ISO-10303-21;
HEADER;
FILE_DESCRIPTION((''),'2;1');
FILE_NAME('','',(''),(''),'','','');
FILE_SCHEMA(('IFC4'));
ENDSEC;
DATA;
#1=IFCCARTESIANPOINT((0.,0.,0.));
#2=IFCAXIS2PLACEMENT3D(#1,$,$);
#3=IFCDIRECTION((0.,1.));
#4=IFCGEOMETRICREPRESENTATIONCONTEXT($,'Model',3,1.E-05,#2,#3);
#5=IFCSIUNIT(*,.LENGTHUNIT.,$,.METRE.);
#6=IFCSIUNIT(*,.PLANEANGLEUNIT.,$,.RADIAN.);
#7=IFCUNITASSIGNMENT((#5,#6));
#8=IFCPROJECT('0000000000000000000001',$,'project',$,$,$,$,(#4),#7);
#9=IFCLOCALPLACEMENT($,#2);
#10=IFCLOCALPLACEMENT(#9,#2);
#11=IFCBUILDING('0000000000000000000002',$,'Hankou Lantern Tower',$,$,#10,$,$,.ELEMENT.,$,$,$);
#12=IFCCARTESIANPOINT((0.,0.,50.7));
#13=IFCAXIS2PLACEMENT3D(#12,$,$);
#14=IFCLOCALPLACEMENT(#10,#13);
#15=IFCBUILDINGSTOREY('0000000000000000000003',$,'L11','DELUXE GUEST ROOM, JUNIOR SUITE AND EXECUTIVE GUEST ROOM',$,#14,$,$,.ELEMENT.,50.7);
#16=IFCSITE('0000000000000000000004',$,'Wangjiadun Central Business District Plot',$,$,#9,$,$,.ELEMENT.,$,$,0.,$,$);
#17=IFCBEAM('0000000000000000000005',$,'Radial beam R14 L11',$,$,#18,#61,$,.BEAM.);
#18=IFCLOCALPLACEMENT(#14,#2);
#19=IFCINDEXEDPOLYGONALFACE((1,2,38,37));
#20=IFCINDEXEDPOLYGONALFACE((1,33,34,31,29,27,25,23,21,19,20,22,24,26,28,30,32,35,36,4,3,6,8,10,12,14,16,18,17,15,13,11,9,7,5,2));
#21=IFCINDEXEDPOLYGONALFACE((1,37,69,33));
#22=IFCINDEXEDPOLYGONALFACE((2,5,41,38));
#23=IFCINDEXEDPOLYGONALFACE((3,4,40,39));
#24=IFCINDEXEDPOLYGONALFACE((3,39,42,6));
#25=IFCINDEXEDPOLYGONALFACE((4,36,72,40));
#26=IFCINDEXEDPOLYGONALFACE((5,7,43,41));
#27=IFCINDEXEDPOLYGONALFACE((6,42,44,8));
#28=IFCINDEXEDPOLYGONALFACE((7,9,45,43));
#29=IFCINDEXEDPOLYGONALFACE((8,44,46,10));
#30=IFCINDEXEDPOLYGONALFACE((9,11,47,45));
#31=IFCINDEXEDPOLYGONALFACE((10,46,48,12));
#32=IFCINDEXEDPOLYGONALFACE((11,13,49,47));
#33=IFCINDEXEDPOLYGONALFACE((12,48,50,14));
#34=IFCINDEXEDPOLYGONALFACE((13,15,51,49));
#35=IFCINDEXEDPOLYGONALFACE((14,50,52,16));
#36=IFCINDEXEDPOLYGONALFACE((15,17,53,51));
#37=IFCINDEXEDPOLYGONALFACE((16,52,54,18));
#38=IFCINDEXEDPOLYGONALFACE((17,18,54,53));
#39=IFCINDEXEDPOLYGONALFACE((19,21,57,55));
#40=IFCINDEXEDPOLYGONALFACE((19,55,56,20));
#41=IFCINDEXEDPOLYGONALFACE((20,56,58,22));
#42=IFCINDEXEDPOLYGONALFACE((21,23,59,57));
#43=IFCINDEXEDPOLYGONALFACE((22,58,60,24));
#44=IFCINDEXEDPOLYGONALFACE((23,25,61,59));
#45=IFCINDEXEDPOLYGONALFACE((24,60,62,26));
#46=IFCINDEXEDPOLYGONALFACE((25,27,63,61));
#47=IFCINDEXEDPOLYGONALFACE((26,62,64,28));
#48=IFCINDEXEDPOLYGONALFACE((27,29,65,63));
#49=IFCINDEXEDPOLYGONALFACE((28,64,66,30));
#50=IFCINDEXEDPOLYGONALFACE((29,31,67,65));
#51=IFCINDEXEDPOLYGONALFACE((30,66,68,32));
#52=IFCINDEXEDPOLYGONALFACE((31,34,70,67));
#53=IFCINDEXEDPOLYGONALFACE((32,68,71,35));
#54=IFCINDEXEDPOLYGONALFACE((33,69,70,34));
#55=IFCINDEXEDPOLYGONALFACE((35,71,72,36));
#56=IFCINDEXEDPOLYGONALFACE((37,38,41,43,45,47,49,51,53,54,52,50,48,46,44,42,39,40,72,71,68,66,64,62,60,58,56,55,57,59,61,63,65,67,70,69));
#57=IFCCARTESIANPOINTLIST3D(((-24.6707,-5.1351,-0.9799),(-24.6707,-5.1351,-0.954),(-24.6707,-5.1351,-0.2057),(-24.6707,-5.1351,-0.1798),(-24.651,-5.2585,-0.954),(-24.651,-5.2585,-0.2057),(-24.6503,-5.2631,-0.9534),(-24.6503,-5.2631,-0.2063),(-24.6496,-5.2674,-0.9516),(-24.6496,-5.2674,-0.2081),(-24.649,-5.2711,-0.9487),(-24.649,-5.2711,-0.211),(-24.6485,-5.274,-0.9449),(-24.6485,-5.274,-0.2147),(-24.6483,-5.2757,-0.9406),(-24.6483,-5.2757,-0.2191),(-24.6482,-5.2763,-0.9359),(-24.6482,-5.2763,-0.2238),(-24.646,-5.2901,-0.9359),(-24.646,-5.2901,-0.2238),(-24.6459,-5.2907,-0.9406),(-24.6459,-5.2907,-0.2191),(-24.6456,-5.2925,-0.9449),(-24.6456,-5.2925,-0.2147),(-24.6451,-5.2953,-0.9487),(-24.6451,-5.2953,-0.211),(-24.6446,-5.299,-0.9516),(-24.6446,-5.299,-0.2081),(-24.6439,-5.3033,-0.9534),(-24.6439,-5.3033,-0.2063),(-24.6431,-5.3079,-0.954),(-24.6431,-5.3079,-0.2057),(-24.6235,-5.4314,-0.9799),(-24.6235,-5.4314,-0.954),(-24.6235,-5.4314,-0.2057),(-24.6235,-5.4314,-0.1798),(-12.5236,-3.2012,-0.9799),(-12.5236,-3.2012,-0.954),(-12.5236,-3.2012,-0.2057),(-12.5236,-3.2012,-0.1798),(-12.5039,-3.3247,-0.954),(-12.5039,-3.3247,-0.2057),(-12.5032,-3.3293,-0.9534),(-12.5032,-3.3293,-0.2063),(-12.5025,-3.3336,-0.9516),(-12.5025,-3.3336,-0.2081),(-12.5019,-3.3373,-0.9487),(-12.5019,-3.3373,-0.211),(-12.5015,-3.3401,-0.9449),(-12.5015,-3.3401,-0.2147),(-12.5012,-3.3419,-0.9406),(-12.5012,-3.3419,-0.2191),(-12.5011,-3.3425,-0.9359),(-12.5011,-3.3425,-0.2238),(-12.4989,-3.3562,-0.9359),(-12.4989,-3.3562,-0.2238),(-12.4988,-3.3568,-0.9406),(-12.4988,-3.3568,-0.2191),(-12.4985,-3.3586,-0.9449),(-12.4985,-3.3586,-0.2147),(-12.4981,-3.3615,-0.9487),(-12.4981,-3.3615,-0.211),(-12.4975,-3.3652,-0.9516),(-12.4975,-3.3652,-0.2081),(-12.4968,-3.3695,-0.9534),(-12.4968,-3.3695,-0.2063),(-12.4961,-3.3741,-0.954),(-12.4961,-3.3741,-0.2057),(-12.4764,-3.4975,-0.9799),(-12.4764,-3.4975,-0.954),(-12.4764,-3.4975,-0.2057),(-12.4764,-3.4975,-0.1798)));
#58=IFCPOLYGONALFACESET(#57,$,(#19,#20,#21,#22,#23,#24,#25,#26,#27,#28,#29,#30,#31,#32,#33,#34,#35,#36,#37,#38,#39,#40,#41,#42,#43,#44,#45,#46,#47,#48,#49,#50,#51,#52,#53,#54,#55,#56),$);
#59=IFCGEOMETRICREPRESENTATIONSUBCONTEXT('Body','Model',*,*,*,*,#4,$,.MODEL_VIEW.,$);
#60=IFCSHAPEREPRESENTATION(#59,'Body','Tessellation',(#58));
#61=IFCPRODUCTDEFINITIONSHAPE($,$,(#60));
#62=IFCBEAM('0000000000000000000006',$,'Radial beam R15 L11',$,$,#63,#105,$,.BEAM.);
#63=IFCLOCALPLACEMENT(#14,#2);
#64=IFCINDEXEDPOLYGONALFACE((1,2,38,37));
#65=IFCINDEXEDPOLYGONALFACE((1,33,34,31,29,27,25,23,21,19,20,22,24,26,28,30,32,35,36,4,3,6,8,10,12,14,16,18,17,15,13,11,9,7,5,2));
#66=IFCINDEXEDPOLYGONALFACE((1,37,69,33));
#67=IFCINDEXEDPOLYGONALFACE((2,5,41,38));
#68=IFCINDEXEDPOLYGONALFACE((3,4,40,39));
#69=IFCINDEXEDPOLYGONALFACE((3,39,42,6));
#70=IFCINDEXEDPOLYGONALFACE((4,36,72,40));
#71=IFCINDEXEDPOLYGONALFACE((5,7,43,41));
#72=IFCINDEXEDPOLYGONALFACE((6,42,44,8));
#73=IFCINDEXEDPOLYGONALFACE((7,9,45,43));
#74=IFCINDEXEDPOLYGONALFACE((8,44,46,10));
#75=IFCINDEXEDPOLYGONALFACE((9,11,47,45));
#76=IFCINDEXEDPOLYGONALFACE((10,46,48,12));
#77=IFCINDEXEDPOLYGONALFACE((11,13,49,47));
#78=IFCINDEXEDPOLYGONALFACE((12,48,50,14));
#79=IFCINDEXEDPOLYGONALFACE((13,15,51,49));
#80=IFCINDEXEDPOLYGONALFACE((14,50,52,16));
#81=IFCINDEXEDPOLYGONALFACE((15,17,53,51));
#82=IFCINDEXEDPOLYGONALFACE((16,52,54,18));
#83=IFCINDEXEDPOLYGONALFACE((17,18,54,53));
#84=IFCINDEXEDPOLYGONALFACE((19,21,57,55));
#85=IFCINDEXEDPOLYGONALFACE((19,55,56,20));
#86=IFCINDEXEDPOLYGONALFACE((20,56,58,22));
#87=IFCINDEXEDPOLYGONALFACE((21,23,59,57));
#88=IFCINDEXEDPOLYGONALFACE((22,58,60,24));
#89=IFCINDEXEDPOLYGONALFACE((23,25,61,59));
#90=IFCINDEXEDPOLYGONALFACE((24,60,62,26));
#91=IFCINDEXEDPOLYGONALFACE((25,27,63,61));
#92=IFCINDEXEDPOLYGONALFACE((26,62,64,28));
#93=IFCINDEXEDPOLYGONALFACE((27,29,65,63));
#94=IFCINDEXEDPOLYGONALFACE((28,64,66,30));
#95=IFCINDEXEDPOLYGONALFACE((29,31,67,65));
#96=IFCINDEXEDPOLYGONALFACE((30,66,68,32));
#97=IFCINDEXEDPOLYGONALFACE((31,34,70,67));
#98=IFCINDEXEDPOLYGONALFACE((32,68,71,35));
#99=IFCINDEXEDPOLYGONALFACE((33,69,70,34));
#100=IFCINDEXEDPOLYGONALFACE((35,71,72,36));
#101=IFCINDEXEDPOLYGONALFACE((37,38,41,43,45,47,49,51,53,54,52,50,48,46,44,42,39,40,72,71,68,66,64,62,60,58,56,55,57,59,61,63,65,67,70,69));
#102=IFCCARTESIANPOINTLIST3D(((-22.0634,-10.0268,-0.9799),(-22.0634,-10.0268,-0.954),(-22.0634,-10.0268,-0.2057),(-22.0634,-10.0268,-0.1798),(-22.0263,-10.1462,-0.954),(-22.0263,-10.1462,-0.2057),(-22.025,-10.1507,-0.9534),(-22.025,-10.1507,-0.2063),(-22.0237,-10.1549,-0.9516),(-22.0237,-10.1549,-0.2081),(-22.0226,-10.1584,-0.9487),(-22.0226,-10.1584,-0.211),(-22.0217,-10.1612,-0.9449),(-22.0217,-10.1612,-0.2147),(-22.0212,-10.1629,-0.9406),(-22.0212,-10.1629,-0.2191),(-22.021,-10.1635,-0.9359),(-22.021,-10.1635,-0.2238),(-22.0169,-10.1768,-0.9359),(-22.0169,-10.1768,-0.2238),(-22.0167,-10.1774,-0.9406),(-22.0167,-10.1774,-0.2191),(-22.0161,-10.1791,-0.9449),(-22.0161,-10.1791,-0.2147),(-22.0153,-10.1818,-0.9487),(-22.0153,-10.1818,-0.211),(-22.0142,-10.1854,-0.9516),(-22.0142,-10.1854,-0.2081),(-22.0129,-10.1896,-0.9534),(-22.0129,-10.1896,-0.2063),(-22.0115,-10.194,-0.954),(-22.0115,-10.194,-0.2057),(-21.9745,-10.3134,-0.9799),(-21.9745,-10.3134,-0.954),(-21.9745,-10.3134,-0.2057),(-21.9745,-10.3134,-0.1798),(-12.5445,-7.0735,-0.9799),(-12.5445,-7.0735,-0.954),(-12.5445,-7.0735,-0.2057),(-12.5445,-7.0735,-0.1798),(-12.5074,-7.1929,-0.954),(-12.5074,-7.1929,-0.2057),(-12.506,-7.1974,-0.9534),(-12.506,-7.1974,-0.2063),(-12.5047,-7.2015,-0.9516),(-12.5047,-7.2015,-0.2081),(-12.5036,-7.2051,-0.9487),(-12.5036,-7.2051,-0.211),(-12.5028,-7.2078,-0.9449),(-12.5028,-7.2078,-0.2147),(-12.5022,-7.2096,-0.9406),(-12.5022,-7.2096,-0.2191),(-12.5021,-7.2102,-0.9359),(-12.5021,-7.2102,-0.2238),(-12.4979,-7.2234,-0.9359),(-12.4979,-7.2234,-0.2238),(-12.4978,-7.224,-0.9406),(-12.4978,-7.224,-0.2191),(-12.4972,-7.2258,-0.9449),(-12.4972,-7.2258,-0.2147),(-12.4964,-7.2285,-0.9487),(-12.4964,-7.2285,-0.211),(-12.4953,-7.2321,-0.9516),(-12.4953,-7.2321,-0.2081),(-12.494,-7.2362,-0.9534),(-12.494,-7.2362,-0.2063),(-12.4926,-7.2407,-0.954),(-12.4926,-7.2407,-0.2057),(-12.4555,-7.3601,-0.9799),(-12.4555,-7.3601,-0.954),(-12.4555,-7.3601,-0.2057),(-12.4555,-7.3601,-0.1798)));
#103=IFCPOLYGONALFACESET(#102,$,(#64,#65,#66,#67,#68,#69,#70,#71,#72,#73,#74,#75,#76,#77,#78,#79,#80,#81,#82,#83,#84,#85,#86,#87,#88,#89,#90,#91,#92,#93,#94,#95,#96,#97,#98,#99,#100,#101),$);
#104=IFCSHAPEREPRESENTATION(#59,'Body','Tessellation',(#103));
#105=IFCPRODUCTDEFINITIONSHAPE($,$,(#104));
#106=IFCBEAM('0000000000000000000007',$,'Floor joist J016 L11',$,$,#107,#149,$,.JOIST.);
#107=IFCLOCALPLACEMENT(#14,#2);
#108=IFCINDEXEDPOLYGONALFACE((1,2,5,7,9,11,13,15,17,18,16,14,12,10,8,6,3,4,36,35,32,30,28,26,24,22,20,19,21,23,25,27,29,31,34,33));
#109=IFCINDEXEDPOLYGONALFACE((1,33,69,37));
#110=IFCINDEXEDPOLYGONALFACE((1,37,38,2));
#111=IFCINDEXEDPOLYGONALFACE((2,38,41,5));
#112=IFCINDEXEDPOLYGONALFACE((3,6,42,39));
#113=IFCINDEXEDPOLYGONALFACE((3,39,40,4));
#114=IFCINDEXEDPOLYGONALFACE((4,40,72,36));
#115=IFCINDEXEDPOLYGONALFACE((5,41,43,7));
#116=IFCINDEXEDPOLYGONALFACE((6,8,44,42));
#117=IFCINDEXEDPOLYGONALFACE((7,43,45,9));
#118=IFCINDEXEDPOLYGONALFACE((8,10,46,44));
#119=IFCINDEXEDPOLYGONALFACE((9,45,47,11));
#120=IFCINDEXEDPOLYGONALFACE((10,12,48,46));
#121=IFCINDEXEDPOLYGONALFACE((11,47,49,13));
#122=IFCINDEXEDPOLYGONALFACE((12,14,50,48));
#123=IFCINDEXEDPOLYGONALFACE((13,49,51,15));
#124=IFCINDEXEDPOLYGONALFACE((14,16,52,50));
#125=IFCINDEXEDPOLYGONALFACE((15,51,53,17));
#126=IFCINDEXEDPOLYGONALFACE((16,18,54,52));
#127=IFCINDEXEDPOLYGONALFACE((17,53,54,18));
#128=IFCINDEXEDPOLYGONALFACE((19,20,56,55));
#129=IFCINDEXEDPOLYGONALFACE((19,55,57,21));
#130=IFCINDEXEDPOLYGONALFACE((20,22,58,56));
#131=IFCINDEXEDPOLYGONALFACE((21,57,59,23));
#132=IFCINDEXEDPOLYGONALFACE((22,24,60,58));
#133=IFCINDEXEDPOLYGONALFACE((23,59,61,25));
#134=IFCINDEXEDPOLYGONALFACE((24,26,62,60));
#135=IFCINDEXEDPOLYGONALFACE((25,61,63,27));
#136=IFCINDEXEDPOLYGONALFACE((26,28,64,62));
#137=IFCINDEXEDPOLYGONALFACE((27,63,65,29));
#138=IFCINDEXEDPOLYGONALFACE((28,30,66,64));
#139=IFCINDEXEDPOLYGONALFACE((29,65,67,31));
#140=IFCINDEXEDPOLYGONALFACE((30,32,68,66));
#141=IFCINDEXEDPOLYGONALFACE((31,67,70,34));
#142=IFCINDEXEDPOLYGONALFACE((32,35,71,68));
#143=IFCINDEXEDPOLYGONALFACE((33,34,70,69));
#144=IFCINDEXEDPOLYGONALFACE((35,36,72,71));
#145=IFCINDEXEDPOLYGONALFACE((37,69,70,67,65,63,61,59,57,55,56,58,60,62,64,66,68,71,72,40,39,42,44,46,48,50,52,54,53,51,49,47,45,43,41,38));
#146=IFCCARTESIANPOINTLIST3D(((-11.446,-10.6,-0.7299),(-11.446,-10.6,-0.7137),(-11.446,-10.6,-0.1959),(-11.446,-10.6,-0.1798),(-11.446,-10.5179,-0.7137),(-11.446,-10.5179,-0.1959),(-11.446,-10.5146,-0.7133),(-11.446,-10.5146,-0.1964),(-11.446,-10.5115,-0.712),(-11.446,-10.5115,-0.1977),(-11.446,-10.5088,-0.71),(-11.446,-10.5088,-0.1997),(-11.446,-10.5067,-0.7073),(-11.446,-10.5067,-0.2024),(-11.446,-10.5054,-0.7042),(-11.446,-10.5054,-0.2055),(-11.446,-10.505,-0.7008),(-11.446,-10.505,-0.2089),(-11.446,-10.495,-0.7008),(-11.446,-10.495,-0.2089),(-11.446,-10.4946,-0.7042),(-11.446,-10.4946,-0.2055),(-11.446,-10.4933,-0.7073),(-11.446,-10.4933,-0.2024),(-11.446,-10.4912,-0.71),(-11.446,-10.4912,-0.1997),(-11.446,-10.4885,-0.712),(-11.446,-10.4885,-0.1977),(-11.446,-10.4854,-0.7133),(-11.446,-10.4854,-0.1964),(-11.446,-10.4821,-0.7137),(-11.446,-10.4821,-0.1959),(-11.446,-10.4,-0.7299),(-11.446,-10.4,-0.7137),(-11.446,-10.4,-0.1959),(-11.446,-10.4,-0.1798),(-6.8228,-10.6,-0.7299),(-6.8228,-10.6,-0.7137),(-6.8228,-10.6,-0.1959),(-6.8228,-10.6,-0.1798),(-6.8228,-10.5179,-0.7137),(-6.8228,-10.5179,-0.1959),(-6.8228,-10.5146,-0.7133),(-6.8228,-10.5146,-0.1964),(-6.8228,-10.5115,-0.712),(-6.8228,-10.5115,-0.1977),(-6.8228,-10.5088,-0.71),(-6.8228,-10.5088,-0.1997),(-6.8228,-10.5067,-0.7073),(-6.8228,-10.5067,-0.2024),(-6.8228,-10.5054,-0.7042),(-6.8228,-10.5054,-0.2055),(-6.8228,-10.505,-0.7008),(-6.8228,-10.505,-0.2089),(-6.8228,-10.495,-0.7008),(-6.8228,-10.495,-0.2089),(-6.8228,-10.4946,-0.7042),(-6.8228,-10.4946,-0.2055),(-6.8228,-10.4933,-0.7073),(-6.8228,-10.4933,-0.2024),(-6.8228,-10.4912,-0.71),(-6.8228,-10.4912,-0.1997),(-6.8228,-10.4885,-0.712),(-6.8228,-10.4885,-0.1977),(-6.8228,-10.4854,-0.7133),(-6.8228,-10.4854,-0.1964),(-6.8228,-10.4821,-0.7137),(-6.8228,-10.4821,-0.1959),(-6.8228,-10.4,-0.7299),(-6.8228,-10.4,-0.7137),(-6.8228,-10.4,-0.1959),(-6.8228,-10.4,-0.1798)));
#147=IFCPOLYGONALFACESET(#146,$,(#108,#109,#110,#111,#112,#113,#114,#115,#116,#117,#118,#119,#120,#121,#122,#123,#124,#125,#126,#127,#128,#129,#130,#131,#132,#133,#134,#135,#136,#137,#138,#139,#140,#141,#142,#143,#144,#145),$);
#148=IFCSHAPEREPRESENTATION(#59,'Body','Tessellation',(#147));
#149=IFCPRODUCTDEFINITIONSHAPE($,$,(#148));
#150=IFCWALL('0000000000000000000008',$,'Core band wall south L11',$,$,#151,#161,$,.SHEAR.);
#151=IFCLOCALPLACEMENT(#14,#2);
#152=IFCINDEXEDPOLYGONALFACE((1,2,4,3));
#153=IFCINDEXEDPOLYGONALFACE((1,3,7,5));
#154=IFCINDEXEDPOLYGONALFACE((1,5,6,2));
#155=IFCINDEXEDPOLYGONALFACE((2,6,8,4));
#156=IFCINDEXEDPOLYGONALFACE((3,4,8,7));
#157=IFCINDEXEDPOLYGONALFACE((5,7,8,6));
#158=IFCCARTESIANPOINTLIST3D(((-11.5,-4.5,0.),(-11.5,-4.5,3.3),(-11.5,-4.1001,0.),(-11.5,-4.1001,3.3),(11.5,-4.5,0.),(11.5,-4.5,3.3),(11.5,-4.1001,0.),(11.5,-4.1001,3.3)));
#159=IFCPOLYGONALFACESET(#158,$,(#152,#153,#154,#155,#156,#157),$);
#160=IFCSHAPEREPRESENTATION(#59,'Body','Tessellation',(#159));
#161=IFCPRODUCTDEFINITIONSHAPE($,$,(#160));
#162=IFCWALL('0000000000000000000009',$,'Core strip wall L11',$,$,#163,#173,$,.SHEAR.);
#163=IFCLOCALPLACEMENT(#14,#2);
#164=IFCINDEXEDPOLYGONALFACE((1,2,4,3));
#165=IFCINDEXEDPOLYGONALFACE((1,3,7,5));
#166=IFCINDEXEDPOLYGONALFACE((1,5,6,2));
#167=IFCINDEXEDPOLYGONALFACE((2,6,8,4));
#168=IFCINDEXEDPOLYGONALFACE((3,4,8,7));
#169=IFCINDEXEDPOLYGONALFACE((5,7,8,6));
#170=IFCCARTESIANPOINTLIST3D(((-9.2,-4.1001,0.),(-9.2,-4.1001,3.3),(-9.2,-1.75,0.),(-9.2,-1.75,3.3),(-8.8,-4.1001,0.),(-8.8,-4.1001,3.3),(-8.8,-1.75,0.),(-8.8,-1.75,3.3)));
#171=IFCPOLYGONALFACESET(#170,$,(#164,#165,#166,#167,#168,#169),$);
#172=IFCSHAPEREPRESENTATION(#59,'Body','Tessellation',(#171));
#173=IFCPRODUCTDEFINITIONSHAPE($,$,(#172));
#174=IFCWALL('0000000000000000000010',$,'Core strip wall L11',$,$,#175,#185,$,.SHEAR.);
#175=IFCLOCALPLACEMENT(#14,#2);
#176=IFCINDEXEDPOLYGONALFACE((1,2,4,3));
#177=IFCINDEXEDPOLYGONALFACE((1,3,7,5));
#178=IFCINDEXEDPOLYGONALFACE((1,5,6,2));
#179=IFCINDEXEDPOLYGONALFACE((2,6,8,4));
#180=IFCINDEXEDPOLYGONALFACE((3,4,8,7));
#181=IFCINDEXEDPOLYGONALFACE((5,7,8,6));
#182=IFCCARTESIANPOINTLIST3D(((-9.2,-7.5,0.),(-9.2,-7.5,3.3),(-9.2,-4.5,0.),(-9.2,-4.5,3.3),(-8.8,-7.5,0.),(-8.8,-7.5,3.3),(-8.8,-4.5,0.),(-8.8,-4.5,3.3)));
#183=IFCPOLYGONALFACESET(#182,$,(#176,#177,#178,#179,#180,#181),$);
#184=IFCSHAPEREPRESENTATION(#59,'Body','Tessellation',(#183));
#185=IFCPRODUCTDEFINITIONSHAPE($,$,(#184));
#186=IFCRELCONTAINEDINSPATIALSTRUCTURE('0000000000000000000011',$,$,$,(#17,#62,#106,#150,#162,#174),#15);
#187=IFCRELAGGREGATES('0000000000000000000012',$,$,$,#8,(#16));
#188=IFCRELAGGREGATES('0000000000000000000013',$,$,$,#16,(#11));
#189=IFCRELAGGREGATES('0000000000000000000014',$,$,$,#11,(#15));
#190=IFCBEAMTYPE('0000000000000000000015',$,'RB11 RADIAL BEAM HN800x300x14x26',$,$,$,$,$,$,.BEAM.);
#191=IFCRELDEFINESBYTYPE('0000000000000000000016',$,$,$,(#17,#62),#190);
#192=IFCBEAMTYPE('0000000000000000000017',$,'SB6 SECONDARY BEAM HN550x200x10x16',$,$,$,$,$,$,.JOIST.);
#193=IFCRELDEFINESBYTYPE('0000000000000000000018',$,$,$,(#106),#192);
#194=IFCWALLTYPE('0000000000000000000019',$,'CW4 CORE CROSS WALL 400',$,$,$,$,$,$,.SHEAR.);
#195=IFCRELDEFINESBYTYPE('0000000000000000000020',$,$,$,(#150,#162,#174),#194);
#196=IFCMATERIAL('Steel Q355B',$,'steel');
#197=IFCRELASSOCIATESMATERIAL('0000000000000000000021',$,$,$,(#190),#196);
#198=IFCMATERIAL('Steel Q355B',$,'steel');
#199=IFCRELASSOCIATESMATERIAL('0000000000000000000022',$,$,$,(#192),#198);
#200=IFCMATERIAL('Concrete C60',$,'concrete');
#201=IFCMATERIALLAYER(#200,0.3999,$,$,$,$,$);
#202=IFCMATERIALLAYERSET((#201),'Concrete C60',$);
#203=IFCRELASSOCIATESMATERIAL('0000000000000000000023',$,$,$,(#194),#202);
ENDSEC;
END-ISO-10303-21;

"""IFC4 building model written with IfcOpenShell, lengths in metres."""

from ifc_helpers import new_model, si_unit, direction, frame, frame_2d, origin, origin_2d, place, context, subcontext, project, spatial, rectangle, i_section, extrude, material, layer, layer_set, material_profile, profile_set, type_object, element, save


model = new_model("IFC4")

# Units and contexts
model_context = context("Model", 3, precision=1e-05, world=origin(), true_north=direction((0.0, 1.0)))
body_context = subcontext(model_context, "Body", "Model", "MODEL_VIEW")
ifc_project = project(units=[si_unit("LENGTHUNIT", "METRE"), si_unit("PLANEANGLEUNIT", "RADIAN")], contexts=[model_context])

# Site, building, storey
site_placement = place(None, origin())
site = spatial("IfcSite", under=ifc_project, at=site_placement, Name="Wangjiadun Central Business District Plot", CompositionType="ELEMENT", RefElevation=0.0)
building_placement = place(site_placement, origin())
building = spatial("IfcBuilding", under=site, at=building_placement, Name="Hankou Lantern Tower", CompositionType="ELEMENT")
storey_placement = place(building_placement, frame((0.0, 0.0, 50.7)))
storey = spatial("IfcBuildingStorey", under=building, at=storey_placement, Name="L11", Description="DELUXE GUEST ROOM, JUNIOR SUITE AND EXECUTIVE GUEST ROOM", CompositionType="ELEMENT", Elevation=50.7)

# Beams
ifc_material_1 = material(Name="Steel Q355B", Category="steel")
ifc_material_profile_1 = material_profile(ifc_material_1, i_section(OverallWidth=0.3, OverallDepth=0.8, WebThickness=0.0139, FlangeThickness=0.0259, FilletRadius=0.0181, at=origin_2d()), Name="HN800x300x14x26")
ifc_profile_set_1 = profile_set([ifc_material_profile_1], Name="Steel Q355B")
beam_type_1 = type_object("IfcBeamType", Name="RB11 RADIAL BEAM HN800x300x14x26", PredefinedType="BEAM", material=ifc_profile_set_1)
beam_1_placement = place(storey_placement, frame((-12.5, -3.3494, -0.5798), z_axis=(-0.987563, -0.157223, 0.0), x_axis=(0.157223, -0.987563, 0.0)))
element("IfcBeam", 1, at=beam_1_placement, inside=storey, type_object=beam_type_1, Name="Radial beam R14 L11", PredefinedType="BEAM", context=body_context, shape_type="SweptSolid", body=[
    extrude(i_section(OverallWidth=0.3, OverallDepth=0.8, WebThickness=0.0139, FlangeThickness=0.0259, FilletRadius=0.0181, at=origin_2d()), origin(), (0.0, 0.0, 1.0), 12.3),
])
beam_2_placement = place(storey_placement, frame((-12.5, -7.2168, -0.5798), z_axis=(-0.955087, -0.296324, 0.0), x_axis=(0.296324, -0.955087, 0.0)))
element("IfcBeam", 2, at=beam_2_placement, inside=storey, type_object=beam_type_1, Name="Radial beam R15 L11", PredefinedType="BEAM", context=body_context, shape_type="SweptSolid", body=[
    extrude(i_section(OverallWidth=0.3, OverallDepth=0.8, WebThickness=0.0139, FlangeThickness=0.0259, FilletRadius=0.0181, at=origin_2d()), origin(), (0.0, 0.0, 1.0), 9.9666),
])
ifc_material_2 = material(Name="Steel Q355B", Category="steel")
ifc_material_profile_2 = material_profile(ifc_material_2, i_section(OverallWidth=0.2, OverallDepth=0.55, WebThickness=0.01, FlangeThickness=0.0161, FilletRadius=0.0129, at=origin_2d()), Name="HN550x200x10x16")
ifc_profile_set_2 = profile_set([ifc_material_profile_2], Name="Steel Q355B")
beam_type_2 = type_object("IfcBeamType", Name="SB6 SECONDARY BEAM HN550x200x10x16", PredefinedType="JOIST", material=ifc_profile_set_2)
beam_3_placement = place(storey_placement, frame((-11.446, -10.5, -0.4548), z_axis=(1.0, 0.0, 0.0), x_axis=(0.0, 1.0, 0.0)))
element("IfcBeam", 3, at=beam_3_placement, inside=storey, type_object=beam_type_2, Name="Floor joist J016 L11", PredefinedType="JOIST", context=body_context, shape_type="SweptSolid", body=[
    extrude(i_section(OverallWidth=0.2, OverallDepth=0.55, WebThickness=0.01, FlangeThickness=0.0161, FilletRadius=0.0129, at=origin_2d()), origin(), (0.0, 0.0, 1.0), 4.6233),
])

# Walls
ifc_material_3 = material(Name="Concrete C60", Category="concrete")
ifc_layer_1 = layer(ifc_material_3, 0.3999)
ifc_layer_set_1 = layer_set([ifc_layer_1], Name="Concrete C60")
wall_type_1 = type_object("IfcWallType", Name="CW4 CORE CROSS WALL 400", PredefinedType="SHEAR", material=ifc_layer_set_1)
wall_1_placement = place(storey_placement, frame((-11.5, -4.3, 0.0), z_axis=(0.0, 0.0, 1.0), x_axis=(1.0, 0.0, 0.0)))
element("IfcWall", 4, at=wall_1_placement, inside=storey, type_object=wall_type_1, Name="Core band wall south L11", PredefinedType="SHEAR", context=body_context, shape_type="SweptSolid", body=[
    extrude(rectangle(XDim=23.0, YDim=0.3999, at=frame_2d((11.5, 0.0))), origin(), (0.0, 0.0, 1.0), 3.3),
])
wall_2_placement = place(storey_placement, frame((-9.0, -4.1001, 0.0), z_axis=(0.0, 0.0, 1.0), x_axis=(0.0, 1.0, 0.0)))
element("IfcWall", 5, at=wall_2_placement, inside=storey, type_object=wall_type_1, Name="Core strip wall L11", PredefinedType="SHEAR", context=body_context, shape_type="SweptSolid", body=[
    extrude(rectangle(XDim=2.3501, YDim=0.3999, at=frame_2d((1.175, 0.0))), origin(), (0.0, 0.0, 1.0), 3.3),
])
wall_3_placement = place(storey_placement, frame((-9.0, -7.5, 0.0), z_axis=(0.0, 0.0, 1.0), x_axis=(0.0, 1.0, 0.0)))
element("IfcWall", 6, at=wall_3_placement, inside=storey, type_object=wall_type_1, Name="Core strip wall L11", PredefinedType="SHEAR", context=body_context, shape_type="SweptSolid", body=[
    extrude(rectangle(XDim=3.0, YDim=0.3999, at=frame_2d((1.5, 0.0))), origin(), (0.0, 0.0, 1.0), 3.3),
])

save(model, "model.ifc")
